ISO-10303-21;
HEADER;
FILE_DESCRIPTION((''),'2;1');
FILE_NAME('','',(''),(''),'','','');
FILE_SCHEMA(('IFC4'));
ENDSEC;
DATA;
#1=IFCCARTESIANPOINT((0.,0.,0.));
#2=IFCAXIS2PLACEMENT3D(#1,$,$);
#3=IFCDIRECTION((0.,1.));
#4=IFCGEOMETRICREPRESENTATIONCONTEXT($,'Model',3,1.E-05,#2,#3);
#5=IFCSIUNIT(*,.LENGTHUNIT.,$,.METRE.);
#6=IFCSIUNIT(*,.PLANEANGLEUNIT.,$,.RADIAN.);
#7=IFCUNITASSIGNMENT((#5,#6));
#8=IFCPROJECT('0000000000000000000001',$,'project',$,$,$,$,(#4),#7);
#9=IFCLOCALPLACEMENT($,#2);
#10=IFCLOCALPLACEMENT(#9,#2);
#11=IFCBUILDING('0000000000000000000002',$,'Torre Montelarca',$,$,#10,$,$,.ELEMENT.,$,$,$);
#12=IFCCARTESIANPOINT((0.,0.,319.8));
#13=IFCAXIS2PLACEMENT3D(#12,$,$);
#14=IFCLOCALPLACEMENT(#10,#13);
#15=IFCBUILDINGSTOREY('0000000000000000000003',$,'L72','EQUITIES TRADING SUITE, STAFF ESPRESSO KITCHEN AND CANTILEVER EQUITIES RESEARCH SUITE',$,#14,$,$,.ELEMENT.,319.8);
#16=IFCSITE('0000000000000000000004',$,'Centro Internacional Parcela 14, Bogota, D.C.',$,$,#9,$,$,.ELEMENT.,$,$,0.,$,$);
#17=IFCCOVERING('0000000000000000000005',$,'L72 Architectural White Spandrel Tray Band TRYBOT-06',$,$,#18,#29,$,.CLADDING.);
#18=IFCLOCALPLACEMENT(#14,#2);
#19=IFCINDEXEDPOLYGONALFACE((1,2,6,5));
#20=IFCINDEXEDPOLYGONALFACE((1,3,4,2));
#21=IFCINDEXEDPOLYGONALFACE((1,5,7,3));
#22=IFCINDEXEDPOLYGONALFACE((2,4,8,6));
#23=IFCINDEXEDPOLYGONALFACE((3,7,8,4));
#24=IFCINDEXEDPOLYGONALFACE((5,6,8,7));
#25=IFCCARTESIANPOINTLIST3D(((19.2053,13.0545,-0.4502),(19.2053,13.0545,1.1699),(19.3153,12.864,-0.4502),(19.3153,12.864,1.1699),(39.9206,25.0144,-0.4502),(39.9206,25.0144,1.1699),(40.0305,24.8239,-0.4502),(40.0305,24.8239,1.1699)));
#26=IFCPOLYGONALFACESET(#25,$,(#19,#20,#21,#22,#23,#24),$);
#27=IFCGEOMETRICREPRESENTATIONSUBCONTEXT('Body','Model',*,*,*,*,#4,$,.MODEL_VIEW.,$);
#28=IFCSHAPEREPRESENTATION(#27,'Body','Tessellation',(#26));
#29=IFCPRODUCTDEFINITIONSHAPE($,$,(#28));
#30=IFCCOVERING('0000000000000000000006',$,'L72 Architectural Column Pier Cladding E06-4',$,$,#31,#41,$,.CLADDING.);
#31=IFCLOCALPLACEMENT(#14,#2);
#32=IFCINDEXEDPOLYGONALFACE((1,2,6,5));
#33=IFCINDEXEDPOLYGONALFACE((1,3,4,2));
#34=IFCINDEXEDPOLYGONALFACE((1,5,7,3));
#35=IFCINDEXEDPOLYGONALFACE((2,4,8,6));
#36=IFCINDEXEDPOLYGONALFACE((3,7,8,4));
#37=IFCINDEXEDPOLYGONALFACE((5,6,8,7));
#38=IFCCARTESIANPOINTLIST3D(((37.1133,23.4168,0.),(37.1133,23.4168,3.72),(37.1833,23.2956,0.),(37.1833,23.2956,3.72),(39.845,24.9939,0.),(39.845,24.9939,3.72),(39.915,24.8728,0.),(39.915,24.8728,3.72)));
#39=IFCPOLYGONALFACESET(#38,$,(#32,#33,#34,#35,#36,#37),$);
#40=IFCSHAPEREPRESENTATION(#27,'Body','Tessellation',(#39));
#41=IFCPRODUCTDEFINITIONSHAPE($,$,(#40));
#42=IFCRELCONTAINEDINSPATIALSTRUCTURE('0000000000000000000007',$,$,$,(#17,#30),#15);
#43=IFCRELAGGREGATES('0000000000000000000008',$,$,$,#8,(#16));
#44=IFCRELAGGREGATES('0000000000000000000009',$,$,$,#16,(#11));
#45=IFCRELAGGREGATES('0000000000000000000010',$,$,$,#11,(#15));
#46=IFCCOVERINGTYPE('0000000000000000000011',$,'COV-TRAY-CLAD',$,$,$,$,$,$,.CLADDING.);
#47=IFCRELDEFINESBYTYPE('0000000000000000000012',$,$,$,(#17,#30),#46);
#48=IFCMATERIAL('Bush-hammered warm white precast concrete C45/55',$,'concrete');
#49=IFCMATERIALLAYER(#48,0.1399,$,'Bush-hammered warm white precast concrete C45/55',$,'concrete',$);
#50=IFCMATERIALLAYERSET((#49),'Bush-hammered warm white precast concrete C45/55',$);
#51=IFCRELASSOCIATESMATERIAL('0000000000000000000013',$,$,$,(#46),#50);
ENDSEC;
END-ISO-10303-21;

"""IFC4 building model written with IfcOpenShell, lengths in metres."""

from ifc_helpers import new_model, si_unit, direction, frame, origin, origin_2d, place, context, subcontext, project, spatial, rectangle, extrude, source, transform, mapped, material, layer, layer_set, type_object, element, save


model = new_model("IFC4")

# Units and contexts
model_context = context("Model", 3, precision=1e-05, world=origin(), true_north=direction((0.0, 1.0)))
body_context = subcontext(model_context, "Body", "Model", "MODEL_VIEW")
ifc_project = project(units=[si_unit("LENGTHUNIT", "METRE"), si_unit("PLANEANGLEUNIT", "RADIAN")], contexts=[model_context])

# Site, building, storey
site_placement = place(None, origin())
site = spatial("IfcSite", under=ifc_project, at=site_placement, Name="Centro Internacional Parcela 14, Bogota, D.C.", CompositionType="ELEMENT", RefElevation=0.0)
building_placement = place(site_placement, origin())
building = spatial("IfcBuilding", under=site, at=building_placement, Name="Torre Montelarca", CompositionType="ELEMENT")
storey_placement = place(building_placement, frame((0.0, 0.0, 319.8)))
storey = spatial("IfcBuildingStorey", under=building, at=storey_placement, Name="L72", Description="EQUITIES TRADING SUITE, STAFF ESPRESSO KITCHEN AND CANTILEVER EQUITIES RESEARCH SUITE", CompositionType="ELEMENT", Elevation=319.8)

# Coverings
ifc_material_1 = material(Name="Bush-hammered warm white precast concrete C45/55", Category="concrete")
ifc_layer_1 = layer(ifc_material_1, 0.1399, Name="Bush-hammered warm white precast concrete C45/55", Category="concrete")
ifc_layer_set_1 = layer_set([ifc_layer_1], Name="Bush-hammered warm white precast concrete C45/55")
covering_type = type_object("IfcCoveringType", Name="COV-TRAY-CLAD", PredefinedType="CLADDING", material=ifc_layer_set_1)
shared_shape_1 = source(origin(), body_context, "Body", "SweptSolid", [
    extrude(rectangle(XDim=23.9199, YDim=0.22, at=origin_2d()), origin(), (0.0, 0.0, 1.0), 1.6201),
])
covering_1_placement = place(storey_placement, frame((29.6179, 18.9392, -0.4502), z_axis=(0.0, 0.0, 1.0), x_axis=(0.866025, 0.5, 0.0)))
element("IfcCovering", 1, at=covering_1_placement, inside=storey, type_object=covering_type, Name="L72 Architectural White Spandrel Tray Band TRYBOT-06", PredefinedType="CLADDING", context=body_context, shape_type="MappedRepresentation", body=[
    mapped(shared_shape_1, transform((0.0, 0.0, 0.0), scale=1.0)),
])
shared_shape_2 = source(origin(), body_context, "Body", "SweptSolid", [
    extrude(rectangle(XDim=3.1543, YDim=0.1399, at=origin_2d()), origin(), (0.0, 0.0, 1.0), 3.72),
])
covering_2_placement = place(storey_placement, frame((38.5142, 24.1448, 0.0), z_axis=(0.0, 0.0, 1.0), x_axis=(0.866025, 0.5, 0.0)))
element("IfcCovering", 2, at=covering_2_placement, inside=storey, type_object=covering_type, Name="L72 Architectural Column Pier Cladding E06-4", PredefinedType="CLADDING", context=body_context, shape_type="MappedRepresentation", body=[
    mapped(shared_shape_2, transform((0.0, 0.0, 0.0), scale=1.0)),
])

save(model, "model.ifc")
